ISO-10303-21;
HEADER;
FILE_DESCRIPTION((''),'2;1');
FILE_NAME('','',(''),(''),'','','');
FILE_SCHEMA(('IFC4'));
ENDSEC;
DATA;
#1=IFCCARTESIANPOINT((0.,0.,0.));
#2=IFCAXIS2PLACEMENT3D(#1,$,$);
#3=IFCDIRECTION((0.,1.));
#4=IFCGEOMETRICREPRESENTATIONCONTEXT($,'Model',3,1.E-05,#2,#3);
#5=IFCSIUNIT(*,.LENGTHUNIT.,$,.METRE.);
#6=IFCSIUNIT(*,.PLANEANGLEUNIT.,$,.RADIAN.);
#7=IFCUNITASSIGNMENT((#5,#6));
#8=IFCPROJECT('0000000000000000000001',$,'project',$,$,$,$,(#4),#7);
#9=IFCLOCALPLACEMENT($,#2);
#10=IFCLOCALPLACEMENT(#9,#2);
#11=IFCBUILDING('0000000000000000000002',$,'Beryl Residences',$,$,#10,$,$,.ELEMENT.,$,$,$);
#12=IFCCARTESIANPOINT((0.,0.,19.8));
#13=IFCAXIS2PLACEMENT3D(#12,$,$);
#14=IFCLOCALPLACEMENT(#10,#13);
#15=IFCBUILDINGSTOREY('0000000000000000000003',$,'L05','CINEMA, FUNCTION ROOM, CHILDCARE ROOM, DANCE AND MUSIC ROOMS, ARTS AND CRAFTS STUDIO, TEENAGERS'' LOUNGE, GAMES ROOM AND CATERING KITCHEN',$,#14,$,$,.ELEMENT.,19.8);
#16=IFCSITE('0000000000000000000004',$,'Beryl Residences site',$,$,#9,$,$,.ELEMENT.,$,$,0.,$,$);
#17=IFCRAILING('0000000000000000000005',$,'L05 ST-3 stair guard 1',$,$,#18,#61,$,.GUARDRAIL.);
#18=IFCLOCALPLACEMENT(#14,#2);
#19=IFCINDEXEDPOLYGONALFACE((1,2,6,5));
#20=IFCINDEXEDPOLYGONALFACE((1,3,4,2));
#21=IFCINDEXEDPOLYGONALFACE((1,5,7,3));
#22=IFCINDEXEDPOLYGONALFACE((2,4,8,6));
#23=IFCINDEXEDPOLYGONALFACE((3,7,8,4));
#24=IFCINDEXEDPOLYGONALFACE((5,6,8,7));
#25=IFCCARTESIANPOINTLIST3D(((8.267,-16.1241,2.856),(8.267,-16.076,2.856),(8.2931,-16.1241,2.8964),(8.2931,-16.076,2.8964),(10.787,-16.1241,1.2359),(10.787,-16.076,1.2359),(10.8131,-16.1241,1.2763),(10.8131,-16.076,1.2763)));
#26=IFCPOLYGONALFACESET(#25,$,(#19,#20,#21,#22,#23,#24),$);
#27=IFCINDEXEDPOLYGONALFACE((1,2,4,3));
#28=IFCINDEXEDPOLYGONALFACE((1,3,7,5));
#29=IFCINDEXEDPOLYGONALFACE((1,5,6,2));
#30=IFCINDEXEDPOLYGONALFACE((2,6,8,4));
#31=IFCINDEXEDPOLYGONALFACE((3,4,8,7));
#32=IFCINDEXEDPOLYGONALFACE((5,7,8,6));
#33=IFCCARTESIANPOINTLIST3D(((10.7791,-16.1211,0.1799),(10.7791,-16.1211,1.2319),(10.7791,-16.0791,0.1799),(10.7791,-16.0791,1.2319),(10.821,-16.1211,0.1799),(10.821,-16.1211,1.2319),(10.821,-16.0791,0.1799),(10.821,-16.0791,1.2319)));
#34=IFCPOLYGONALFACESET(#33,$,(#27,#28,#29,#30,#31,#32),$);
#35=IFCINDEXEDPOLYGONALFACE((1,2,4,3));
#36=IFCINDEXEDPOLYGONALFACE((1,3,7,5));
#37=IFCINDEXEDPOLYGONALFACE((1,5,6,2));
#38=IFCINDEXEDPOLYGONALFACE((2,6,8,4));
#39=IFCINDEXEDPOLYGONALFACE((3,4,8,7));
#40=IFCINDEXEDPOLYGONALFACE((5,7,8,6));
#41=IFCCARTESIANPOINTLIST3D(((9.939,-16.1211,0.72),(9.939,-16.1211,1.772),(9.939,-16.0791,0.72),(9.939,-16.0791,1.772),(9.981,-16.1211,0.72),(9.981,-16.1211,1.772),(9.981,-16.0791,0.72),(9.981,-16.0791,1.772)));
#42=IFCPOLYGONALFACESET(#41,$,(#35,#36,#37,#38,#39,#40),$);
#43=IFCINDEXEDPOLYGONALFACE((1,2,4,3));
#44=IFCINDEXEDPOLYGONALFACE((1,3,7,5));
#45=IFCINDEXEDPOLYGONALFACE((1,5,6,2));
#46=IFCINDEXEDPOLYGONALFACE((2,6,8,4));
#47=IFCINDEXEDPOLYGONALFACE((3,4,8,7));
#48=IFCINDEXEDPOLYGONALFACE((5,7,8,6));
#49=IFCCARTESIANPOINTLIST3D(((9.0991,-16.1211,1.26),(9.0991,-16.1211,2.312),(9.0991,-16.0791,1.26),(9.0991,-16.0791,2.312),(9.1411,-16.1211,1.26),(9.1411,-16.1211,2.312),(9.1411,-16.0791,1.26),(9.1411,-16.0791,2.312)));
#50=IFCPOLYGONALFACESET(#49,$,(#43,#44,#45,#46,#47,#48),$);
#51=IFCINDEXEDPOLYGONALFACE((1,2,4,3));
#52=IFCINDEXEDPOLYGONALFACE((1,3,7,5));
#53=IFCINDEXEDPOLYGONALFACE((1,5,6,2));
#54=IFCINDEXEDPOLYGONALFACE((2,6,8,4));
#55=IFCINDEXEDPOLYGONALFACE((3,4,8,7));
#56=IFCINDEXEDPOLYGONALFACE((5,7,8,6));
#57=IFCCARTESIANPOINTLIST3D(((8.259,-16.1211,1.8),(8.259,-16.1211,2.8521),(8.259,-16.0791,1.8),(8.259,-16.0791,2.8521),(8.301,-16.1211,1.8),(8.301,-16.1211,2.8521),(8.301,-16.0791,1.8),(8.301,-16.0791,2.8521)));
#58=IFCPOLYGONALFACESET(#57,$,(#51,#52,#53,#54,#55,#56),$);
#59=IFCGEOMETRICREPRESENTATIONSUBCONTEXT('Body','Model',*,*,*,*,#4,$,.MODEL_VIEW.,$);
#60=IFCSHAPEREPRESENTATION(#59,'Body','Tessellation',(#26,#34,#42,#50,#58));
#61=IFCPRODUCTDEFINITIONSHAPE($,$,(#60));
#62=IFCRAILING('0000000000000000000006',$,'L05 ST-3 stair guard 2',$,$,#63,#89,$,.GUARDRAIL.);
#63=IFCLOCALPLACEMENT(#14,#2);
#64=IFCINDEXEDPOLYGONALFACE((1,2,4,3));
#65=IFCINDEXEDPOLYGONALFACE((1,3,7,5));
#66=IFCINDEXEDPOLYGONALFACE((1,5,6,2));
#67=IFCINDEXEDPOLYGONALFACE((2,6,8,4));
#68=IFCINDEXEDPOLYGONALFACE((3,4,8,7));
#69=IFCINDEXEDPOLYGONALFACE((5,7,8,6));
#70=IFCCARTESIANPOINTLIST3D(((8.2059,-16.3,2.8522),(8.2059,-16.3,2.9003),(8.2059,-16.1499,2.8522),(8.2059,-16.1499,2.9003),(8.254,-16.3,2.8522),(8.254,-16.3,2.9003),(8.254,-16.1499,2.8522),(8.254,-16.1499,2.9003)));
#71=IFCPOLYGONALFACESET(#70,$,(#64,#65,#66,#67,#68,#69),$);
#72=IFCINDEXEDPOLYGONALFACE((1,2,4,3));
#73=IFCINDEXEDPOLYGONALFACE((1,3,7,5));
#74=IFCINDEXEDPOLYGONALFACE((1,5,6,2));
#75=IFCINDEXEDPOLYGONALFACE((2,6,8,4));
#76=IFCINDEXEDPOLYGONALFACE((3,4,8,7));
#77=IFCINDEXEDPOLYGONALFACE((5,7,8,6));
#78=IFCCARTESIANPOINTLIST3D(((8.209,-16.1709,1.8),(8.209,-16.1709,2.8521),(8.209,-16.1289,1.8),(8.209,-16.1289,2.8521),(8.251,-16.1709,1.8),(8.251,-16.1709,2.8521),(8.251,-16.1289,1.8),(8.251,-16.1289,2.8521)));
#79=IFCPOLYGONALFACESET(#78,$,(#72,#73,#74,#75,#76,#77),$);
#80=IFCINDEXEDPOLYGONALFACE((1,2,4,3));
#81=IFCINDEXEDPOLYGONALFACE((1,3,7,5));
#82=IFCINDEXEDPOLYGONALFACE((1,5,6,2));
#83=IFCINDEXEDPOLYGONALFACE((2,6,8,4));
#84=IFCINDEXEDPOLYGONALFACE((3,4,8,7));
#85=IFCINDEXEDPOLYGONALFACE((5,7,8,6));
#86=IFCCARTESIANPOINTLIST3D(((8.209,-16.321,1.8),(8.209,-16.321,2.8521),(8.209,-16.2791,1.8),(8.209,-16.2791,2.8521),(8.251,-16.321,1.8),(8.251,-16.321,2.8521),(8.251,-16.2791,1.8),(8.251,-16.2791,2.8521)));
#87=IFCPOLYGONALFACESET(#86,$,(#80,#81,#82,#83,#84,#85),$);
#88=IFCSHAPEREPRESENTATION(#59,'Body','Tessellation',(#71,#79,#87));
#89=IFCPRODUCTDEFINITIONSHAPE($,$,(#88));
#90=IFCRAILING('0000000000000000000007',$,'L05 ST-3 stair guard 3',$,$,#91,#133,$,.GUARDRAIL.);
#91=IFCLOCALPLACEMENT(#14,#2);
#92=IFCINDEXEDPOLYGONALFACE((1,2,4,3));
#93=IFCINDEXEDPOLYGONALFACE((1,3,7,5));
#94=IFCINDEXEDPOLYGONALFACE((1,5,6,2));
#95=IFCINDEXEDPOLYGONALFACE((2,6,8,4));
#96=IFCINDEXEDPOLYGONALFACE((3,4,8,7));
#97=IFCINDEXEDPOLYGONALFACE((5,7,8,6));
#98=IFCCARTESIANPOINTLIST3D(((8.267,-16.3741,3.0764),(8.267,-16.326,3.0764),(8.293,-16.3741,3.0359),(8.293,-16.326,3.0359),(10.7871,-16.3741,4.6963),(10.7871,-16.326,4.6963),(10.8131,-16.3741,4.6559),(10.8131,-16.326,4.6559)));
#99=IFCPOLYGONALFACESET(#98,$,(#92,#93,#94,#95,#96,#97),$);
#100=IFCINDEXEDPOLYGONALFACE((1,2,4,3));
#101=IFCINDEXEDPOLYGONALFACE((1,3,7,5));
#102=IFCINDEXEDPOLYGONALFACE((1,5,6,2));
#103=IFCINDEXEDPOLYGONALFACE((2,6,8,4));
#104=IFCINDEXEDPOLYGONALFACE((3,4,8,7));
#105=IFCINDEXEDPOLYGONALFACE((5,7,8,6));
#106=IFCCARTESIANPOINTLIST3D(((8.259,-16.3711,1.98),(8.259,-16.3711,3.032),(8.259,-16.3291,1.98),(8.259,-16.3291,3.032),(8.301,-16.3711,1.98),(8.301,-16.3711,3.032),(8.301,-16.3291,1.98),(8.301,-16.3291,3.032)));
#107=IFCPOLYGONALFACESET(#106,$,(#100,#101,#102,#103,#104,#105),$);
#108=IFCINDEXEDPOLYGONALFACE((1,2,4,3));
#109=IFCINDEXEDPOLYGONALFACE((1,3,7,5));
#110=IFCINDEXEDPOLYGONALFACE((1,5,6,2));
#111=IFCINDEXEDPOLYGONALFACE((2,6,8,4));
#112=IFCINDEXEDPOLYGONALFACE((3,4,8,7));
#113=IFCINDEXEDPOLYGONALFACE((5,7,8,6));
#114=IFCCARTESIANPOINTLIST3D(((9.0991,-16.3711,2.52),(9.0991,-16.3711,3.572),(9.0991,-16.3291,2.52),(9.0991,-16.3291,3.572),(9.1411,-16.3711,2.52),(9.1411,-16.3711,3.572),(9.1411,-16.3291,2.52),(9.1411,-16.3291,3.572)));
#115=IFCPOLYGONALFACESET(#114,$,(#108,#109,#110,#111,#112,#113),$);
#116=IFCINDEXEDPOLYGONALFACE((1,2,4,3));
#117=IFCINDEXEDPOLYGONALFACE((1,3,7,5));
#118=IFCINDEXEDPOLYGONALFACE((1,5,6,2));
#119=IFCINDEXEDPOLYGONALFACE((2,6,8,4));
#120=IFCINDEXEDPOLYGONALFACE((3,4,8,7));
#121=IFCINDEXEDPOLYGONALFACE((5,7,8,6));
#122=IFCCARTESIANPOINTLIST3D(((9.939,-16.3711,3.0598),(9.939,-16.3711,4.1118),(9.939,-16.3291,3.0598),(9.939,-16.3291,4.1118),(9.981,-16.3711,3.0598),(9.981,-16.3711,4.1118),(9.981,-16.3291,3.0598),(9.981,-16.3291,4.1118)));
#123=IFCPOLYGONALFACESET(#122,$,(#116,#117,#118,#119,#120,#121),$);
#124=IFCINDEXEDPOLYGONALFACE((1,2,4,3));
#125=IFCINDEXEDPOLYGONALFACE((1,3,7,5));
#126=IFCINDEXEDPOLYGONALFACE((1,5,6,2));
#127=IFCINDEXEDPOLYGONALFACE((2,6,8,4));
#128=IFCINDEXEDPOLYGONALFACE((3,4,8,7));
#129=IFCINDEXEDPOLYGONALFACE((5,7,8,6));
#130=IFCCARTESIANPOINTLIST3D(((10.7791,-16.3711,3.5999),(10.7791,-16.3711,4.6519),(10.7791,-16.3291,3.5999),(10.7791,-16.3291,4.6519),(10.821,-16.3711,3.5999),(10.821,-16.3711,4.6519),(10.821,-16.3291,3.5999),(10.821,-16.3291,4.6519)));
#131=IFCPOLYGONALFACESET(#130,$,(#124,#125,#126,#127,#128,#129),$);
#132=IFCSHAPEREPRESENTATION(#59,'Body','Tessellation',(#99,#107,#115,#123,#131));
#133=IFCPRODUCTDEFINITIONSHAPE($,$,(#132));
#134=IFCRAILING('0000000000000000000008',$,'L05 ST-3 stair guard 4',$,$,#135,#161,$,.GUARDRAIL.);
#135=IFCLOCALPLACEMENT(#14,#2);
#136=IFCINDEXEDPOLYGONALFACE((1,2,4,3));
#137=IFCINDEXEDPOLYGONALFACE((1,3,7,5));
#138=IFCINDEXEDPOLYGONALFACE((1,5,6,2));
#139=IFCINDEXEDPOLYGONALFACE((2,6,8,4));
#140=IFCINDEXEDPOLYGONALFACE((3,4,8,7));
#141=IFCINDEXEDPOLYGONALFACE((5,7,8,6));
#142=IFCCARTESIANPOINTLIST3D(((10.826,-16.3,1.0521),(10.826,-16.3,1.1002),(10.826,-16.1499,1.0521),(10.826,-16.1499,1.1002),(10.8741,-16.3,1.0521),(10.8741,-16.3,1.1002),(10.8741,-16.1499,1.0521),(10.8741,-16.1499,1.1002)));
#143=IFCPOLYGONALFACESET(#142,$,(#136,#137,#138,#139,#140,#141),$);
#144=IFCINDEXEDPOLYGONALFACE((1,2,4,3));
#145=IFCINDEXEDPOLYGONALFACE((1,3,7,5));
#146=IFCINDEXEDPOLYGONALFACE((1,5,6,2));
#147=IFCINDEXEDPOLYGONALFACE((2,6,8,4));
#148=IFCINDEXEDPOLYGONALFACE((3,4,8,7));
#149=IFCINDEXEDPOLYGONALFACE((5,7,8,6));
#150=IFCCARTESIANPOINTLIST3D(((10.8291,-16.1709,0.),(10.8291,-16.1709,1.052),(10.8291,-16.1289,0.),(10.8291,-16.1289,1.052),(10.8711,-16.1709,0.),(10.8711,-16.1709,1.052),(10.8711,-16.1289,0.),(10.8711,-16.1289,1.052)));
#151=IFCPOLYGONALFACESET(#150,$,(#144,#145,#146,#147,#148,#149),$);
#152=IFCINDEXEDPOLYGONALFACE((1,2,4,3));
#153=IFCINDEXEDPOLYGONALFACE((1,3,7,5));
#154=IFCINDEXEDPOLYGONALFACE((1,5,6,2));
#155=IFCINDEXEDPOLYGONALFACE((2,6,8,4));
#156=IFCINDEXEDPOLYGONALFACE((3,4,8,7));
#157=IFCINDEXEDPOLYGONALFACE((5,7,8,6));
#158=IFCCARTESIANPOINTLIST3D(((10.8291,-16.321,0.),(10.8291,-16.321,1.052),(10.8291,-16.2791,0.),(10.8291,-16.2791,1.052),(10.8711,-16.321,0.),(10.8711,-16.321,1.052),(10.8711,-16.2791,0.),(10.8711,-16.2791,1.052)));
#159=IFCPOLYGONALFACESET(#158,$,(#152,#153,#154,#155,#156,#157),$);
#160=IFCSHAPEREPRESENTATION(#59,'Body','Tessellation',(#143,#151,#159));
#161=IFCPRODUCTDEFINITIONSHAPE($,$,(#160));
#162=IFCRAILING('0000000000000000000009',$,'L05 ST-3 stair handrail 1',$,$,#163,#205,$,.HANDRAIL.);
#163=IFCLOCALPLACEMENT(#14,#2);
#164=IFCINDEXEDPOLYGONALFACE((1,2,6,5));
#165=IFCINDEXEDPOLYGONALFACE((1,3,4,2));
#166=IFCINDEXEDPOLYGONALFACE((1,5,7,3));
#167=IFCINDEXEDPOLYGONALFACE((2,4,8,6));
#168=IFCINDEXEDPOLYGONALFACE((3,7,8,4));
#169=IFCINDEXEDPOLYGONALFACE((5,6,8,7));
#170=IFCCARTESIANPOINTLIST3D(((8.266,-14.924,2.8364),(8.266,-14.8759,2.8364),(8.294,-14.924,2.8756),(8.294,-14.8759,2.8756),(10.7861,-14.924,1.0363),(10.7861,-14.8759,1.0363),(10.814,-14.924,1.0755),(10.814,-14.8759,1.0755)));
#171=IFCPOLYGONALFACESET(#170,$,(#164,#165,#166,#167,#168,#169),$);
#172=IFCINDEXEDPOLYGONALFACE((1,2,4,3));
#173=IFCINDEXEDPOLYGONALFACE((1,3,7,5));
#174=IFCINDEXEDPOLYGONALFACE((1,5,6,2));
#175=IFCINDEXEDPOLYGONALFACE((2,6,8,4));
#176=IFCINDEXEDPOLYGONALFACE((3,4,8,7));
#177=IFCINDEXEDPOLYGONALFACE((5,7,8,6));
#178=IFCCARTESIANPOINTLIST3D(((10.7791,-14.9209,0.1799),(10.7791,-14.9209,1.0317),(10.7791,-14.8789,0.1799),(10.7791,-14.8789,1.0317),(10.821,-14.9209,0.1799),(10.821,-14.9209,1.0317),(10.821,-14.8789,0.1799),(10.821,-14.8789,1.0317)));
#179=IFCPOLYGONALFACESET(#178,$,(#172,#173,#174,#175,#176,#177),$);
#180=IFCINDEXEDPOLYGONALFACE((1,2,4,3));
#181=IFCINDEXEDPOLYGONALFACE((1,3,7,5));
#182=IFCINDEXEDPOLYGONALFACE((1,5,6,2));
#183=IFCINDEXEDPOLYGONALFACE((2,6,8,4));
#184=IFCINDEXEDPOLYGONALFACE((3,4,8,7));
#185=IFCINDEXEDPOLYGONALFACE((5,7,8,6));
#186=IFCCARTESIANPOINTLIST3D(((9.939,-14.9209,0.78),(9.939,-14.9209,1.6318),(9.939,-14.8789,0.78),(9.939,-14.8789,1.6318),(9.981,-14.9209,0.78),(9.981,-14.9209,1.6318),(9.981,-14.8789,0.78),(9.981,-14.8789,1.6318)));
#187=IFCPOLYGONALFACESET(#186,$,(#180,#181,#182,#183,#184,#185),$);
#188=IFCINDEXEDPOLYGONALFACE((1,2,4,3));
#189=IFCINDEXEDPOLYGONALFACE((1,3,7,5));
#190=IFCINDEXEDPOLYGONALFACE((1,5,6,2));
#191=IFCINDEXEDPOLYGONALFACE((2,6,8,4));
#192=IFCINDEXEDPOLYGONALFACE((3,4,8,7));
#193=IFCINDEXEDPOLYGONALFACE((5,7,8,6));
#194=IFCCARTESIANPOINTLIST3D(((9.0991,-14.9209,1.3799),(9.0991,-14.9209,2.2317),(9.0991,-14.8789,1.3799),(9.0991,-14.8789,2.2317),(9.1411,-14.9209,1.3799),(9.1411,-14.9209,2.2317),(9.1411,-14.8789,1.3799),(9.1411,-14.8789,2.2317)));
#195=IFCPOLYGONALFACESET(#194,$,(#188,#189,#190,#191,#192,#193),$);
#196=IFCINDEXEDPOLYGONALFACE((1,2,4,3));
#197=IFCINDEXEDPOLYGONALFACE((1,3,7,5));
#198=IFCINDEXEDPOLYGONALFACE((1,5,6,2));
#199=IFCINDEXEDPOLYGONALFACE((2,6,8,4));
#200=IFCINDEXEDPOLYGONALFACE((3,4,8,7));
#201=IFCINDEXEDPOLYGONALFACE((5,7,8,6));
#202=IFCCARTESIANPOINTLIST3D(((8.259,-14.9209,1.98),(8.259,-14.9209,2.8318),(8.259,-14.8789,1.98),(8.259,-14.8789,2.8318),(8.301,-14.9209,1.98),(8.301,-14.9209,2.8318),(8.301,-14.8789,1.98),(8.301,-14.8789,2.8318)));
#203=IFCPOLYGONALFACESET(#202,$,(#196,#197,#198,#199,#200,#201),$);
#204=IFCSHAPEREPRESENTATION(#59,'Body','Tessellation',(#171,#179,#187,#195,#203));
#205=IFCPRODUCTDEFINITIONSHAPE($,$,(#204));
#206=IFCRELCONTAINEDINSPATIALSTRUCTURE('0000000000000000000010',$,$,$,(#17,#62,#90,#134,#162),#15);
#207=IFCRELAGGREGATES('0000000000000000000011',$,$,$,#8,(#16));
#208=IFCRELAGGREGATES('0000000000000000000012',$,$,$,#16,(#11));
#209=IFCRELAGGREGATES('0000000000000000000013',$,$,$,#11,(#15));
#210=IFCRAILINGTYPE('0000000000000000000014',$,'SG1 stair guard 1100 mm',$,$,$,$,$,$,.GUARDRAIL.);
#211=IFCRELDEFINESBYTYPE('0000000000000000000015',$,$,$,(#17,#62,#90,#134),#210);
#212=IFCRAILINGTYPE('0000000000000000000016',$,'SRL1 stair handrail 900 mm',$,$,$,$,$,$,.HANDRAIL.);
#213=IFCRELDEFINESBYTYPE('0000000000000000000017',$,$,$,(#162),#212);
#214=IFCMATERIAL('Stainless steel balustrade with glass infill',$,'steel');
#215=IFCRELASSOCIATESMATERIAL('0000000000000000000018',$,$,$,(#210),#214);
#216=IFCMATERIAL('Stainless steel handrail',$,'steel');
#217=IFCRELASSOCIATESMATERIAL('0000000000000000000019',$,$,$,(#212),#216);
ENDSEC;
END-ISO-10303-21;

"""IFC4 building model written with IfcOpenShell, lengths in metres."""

from ifc_helpers import new_model, si_unit, direction, frame, origin, origin_2d, place, context, subcontext, project, spatial, rectangle, extrude, material, type_object, element, save


model = new_model("IFC4")

# Units and contexts
model_context = context("Model", 3, precision=1e-05, world=origin(), true_north=direction((0.0, 1.0)))
body_context = subcontext(model_context, "Body", "Model", "MODEL_VIEW")
ifc_project = project(units=[si_unit("LENGTHUNIT", "METRE"), si_unit("PLANEANGLEUNIT", "RADIAN")], contexts=[model_context])

# Site, building, storey
site_placement = place(None, origin())
site = spatial("IfcSite", under=ifc_project, at=site_placement, Name="Beryl Residences site", CompositionType="ELEMENT", RefElevation=0.0)
building_placement = place(site_placement, origin())
building = spatial("IfcBuilding", under=site, at=building_placement, Name="Beryl Residences", CompositionType="ELEMENT")
storey_placement = place(building_placement, frame((0.0, 0.0, 19.8)))
storey = spatial("IfcBuildingStorey", under=building, at=storey_placement, Name="L05", Description="CINEMA, FUNCTION ROOM, CHILDCARE ROOM, DANCE AND MUSIC ROOMS, ARTS AND CRAFTS STUDIO, TEENAGERS' LOUNGE, GAMES ROOM AND CATERING KITCHEN", CompositionType="ELEMENT", Elevation=19.8)

# Railings
ifc_material_1 = material(Name="Stainless steel balustrade with glass infill", Category="steel")
railing_type_1 = type_object("IfcRailingType", Name="SG1 stair guard 1100 mm", PredefinedType="GUARDRAIL", material=ifc_material_1)
railing_1_placement = place(storey_placement, frame((10.8, -16.1001, 0.1799)))
element("IfcRailing", 1, at=railing_1_placement, inside=storey, type_object=railing_type_1, Name="L05 ST-3 stair guard 1", PredefinedType="GUARDRAIL", context=body_context, shape_type="SweptSolid", body=[
    extrude(rectangle(XDim=0.0481, YDim=0.0481, at=origin_2d()), frame((0.0, 0.0, 1.0762), z_axis=(-0.841163, 0.0, 0.540782), x_axis=(0.0, -1.0, 0.0)), (0.0, 0.0, 1.0), 2.9958),
    extrude(rectangle(XDim=0.042, YDim=0.042, at=origin_2d()), origin(), (0.0, 0.0, 1.0), 1.052),
    extrude(rectangle(XDim=0.042, YDim=0.042, at=origin_2d()), frame((-0.8401, 0.0, 0.54)), (0.0, 0.0, 1.0), 1.052),
    extrude(rectangle(XDim=0.042, YDim=0.042, at=origin_2d()), frame((-1.6799, 0.0, 1.0801)), (0.0, 0.0, 1.0), 1.052),
    extrude(rectangle(XDim=0.042, YDim=0.042, at=origin_2d()), frame((-2.52, 0.0, 1.6201)), (0.0, 0.0, 1.0), 1.052),
])
railing_2_placement = place(storey_placement, frame((8.23, -16.1499, 1.8)))
element("IfcRailing", 2, at=railing_2_placement, inside=storey, type_object=railing_type_1, Name="L05 ST-3 stair guard 2", PredefinedType="GUARDRAIL", context=body_context, shape_type="SweptSolid", body=[
    extrude(rectangle(XDim=0.0481, YDim=0.0481, at=origin_2d()), frame((0.0, 0.0, 1.0762), z_axis=(0.0, -1.0, 0.0), x_axis=(1.0, 0.0, 0.0)), (0.0, 0.0, 1.0), 0.1501),
    extrude(rectangle(XDim=0.042, YDim=0.042, at=origin_2d()), origin(), (0.0, 0.0, 1.0), 1.052),
    extrude(rectangle(XDim=0.042, YDim=0.042, at=origin_2d()), frame((0.0, -0.1501, 0.0)), (0.0, 0.0, 1.0), 1.052),
])
railing_3_placement = place(storey_placement, frame((8.28, -16.3501, 1.98)))
element("IfcRailing", 3, at=railing_3_placement, inside=storey, type_object=railing_type_1, Name="L05 ST-3 stair guard 3", PredefinedType="GUARDRAIL", context=body_context, shape_type="SweptSolid", body=[
    extrude(rectangle(XDim=0.0481, YDim=0.0481, at=origin_2d()), frame((0.0, 0.0, 1.0762), z_axis=(0.8412, 0.0, 0.540725), x_axis=(0.0, 1.0, 0.0)), (0.0, 0.0, 1.0), 2.9958),
    extrude(rectangle(XDim=0.042, YDim=0.042, at=origin_2d()), origin(), (0.0, 0.0, 1.0), 1.052),
    extrude(rectangle(XDim=0.042, YDim=0.042, at=origin_2d()), frame((0.8401, 0.0, 0.54)), (0.0, 0.0, 1.0), 1.052),
    extrude(rectangle(XDim=0.042, YDim=0.042, at=origin_2d()), frame((1.6799, 0.0, 1.0798)), (0.0, 0.0, 1.0), 1.052),
    extrude(rectangle(XDim=0.042, YDim=0.042, at=origin_2d()), frame((2.52, 0.0, 1.6199)), (0.0, 0.0, 1.0), 1.052),
])
railing_4_placement = place(storey_placement, frame((10.8501, -16.1499, 0.0)))
element("IfcRailing", 4, at=railing_4_placement, inside=storey, type_object=railing_type_1, Name="L05 ST-3 stair guard 4", PredefinedType="GUARDRAIL", context=body_context, shape_type="SweptSolid", body=[
    extrude(rectangle(XDim=0.0481, YDim=0.0481, at=origin_2d()), frame((0.0, 0.0, 1.0762), z_axis=(0.0, -1.0, 0.0), x_axis=(1.0, 0.0, 0.0)), (0.0, 0.0, 1.0), 0.1501),
    extrude(rectangle(XDim=0.042, YDim=0.042, at=origin_2d()), origin(), (0.0, 0.0, 1.0), 1.052),
    extrude(rectangle(XDim=0.042, YDim=0.042, at=origin_2d()), frame((0.0, -0.1501, 0.0)), (0.0, 0.0, 1.0), 1.052),
])
ifc_material_2 = material(Name="Stainless steel handrail", Category="steel")
railing_type_2 = type_object("IfcRailingType", Name="SRL1 stair handrail 900 mm", PredefinedType="HANDRAIL", material=ifc_material_2)
railing_5_placement = place(storey_placement, frame((10.8, -14.8999, 0.1799)))
element("IfcRailing", 5, at=railing_5_placement, inside=storey, type_object=railing_type_2, Name="L05 ST-3 stair handrail 1", PredefinedType="HANDRAIL", context=body_context, shape_type="SweptSolid", body=[
    extrude(rectangle(XDim=0.0481, YDim=0.0481, at=origin_2d()), frame((0.0, 0.0, 0.876), z_axis=(-0.813728, 0.0, 0.581246), x_axis=(0.0, -1.0, 0.0)), (0.0, 0.0, 1.0), 3.0969),
    extrude(rectangle(XDim=0.042, YDim=0.042, at=origin_2d()), origin(), (0.0, 0.0, 1.0), 0.8518),
    extrude(rectangle(XDim=0.042, YDim=0.042, at=origin_2d()), frame((-0.8401, 0.0, 0.6001)), (0.0, 0.0, 1.0), 0.8518),
    extrude(rectangle(XDim=0.042, YDim=0.042, at=origin_2d()), frame((-1.6799, 0.0, 1.2)), (0.0, 0.0, 1.0), 0.8518),
    extrude(rectangle(XDim=0.042, YDim=0.042, at=origin_2d()), frame((-2.52, 0.0, 1.8)), (0.0, 0.0, 1.0), 0.8518),
])

save(model, "model.ifc")
